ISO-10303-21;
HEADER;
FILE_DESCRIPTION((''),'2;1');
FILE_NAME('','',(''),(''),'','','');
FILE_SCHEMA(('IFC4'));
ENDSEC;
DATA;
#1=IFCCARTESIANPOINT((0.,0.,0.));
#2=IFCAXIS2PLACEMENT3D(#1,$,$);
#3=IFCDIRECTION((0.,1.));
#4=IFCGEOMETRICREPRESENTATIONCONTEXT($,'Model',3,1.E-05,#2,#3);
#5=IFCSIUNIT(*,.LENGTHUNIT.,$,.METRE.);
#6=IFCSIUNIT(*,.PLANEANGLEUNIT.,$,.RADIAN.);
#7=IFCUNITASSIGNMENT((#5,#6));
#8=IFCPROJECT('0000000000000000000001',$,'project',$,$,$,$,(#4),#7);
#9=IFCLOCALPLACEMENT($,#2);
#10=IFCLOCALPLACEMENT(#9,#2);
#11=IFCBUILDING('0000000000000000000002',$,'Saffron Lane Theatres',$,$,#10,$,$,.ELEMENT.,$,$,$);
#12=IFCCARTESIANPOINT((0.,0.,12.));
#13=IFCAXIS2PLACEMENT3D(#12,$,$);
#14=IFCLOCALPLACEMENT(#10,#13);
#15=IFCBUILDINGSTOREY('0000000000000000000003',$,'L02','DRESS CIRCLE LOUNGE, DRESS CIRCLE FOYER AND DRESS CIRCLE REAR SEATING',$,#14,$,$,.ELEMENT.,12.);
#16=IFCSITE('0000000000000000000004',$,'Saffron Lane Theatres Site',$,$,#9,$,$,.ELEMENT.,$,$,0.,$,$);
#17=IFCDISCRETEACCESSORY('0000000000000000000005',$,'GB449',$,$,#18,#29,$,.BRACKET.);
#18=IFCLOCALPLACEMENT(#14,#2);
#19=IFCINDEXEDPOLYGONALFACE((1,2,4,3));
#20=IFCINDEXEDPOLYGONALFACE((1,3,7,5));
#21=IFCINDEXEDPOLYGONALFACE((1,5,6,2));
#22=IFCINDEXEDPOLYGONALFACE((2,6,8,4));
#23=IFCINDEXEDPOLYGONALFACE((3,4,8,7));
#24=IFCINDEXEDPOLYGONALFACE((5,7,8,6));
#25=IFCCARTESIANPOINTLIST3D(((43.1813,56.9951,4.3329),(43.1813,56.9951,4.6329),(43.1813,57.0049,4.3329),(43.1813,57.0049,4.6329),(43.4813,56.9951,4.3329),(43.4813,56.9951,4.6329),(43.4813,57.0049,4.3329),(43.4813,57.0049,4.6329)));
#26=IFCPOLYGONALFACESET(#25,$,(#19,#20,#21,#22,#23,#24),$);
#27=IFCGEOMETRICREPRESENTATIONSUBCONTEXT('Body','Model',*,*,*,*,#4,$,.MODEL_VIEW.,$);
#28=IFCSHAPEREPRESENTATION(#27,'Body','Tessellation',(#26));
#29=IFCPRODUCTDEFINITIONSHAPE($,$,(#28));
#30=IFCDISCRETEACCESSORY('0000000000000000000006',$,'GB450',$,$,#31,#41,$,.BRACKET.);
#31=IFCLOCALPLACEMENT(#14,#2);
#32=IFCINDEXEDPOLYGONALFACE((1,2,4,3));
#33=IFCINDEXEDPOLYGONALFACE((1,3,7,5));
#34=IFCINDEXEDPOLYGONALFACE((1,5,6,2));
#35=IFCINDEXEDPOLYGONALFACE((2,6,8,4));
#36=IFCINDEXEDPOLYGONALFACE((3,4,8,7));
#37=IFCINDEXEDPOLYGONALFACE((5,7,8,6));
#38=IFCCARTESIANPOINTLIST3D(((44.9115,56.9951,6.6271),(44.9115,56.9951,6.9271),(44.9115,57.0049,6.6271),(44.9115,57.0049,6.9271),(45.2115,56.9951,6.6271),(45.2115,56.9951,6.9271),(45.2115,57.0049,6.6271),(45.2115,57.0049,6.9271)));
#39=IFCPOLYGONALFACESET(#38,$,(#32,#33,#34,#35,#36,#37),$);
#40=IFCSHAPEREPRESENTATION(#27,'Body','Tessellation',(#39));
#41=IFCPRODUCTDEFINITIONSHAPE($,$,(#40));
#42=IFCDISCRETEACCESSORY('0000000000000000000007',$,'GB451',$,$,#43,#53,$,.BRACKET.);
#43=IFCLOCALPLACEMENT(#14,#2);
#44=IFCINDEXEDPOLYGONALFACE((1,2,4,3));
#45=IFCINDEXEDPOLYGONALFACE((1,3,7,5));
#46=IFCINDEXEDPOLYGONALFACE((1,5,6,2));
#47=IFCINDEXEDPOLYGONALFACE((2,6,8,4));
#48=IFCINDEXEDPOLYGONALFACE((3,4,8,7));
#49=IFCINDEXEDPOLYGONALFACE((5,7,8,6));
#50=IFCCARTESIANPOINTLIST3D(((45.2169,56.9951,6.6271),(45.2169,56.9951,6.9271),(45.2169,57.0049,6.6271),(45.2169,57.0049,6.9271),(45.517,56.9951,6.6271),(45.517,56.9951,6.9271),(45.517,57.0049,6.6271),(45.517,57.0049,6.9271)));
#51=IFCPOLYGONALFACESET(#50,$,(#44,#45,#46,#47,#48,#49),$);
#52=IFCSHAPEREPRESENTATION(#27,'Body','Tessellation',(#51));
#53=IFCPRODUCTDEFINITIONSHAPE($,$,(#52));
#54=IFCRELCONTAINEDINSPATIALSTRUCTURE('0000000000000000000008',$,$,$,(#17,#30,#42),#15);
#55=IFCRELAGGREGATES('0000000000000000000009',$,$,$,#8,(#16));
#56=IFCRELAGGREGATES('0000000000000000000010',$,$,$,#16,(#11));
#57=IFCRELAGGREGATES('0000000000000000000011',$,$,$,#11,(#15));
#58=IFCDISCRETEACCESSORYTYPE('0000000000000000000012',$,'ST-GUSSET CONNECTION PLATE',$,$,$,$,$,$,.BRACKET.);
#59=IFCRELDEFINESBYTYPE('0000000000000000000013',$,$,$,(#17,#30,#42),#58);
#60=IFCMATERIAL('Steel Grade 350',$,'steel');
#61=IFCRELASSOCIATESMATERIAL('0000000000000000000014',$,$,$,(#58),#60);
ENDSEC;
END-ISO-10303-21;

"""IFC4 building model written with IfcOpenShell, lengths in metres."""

from ifc_helpers import new_model, si_unit, direction, frame, origin, origin_2d, place, context, subcontext, project, spatial, rectangle, extrude, material, material_profile, profile_set, type_object, element, save


model = new_model("IFC4")

# Units and contexts
model_context = context("Model", 3, precision=1e-05, world=origin(), true_north=direction((0.0, 1.0)))
body_context = subcontext(model_context, "Body", "Model", "MODEL_VIEW")
ifc_project = project(units=[si_unit("LENGTHUNIT", "METRE"), si_unit("PLANEANGLEUNIT", "RADIAN")], contexts=[model_context])

# Site, building, storey
site_placement = place(None, origin())
site = spatial("IfcSite", under=ifc_project, at=site_placement, Name="Saffron Lane Theatres Site", CompositionType="ELEMENT", RefElevation=0.0)
building_placement = place(site_placement, origin())
building = spatial("IfcBuilding", under=site, at=building_placement, Name="Saffron Lane Theatres", CompositionType="ELEMENT")
storey_placement = place(building_placement, frame((0.0, 0.0, 12.0)))
storey = spatial("IfcBuildingStorey", under=building, at=storey_placement, Name="L02", Description="DRESS CIRCLE LOUNGE, DRESS CIRCLE FOYER AND DRESS CIRCLE REAR SEATING", CompositionType="ELEMENT", Elevation=12.0)

# Discrete accessories
ifc_material_1 = material(Name="Steel Grade 350", Category="steel")
ifc_material_profile_1 = material_profile(ifc_material_1, rectangle(XDim=0.3, YDim=0.3, at=origin_2d()))
ifc_profile_set_1 = profile_set([ifc_material_profile_1], Name="Steel Grade 350")
discrete_accessory_type = type_object("IfcDiscreteAccessoryType", Name="ST-GUSSET CONNECTION PLATE", PredefinedType="BRACKET", material=ifc_profile_set_1)
for number, where, z_axis, x_axis, name in (
    (1, (43.3313, 56.9951, 4.4829), (0.0, 1.0, 0.0), (-1.0, 0.0, 0.0), "GB449"),
    (2, (45.0615, 56.9951, 6.7771), (0.0, 1.0, 0.0), (-1.0, 0.0, 0.0), "GB450"),
    (3, (45.3669, 56.9951, 6.7771), (0.0, 1.0, 0.0), (-1.0, 0.0, 0.0), "GB451"),
):
    element("IfcDiscreteAccessory", number, at=place(storey_placement, frame(where, z_axis=z_axis, x_axis=x_axis)), inside=storey, type_object=discrete_accessory_type, Name=name, PredefinedType="BRACKET", context=body_context, shape_type="SweptSolid", body=[
        extrude(rectangle(XDim=0.3, YDim=0.3, at=origin_2d()), origin(), (0.0, 0.0, 1.0), 0.0098),
    ])

save(model, "model.ifc")
